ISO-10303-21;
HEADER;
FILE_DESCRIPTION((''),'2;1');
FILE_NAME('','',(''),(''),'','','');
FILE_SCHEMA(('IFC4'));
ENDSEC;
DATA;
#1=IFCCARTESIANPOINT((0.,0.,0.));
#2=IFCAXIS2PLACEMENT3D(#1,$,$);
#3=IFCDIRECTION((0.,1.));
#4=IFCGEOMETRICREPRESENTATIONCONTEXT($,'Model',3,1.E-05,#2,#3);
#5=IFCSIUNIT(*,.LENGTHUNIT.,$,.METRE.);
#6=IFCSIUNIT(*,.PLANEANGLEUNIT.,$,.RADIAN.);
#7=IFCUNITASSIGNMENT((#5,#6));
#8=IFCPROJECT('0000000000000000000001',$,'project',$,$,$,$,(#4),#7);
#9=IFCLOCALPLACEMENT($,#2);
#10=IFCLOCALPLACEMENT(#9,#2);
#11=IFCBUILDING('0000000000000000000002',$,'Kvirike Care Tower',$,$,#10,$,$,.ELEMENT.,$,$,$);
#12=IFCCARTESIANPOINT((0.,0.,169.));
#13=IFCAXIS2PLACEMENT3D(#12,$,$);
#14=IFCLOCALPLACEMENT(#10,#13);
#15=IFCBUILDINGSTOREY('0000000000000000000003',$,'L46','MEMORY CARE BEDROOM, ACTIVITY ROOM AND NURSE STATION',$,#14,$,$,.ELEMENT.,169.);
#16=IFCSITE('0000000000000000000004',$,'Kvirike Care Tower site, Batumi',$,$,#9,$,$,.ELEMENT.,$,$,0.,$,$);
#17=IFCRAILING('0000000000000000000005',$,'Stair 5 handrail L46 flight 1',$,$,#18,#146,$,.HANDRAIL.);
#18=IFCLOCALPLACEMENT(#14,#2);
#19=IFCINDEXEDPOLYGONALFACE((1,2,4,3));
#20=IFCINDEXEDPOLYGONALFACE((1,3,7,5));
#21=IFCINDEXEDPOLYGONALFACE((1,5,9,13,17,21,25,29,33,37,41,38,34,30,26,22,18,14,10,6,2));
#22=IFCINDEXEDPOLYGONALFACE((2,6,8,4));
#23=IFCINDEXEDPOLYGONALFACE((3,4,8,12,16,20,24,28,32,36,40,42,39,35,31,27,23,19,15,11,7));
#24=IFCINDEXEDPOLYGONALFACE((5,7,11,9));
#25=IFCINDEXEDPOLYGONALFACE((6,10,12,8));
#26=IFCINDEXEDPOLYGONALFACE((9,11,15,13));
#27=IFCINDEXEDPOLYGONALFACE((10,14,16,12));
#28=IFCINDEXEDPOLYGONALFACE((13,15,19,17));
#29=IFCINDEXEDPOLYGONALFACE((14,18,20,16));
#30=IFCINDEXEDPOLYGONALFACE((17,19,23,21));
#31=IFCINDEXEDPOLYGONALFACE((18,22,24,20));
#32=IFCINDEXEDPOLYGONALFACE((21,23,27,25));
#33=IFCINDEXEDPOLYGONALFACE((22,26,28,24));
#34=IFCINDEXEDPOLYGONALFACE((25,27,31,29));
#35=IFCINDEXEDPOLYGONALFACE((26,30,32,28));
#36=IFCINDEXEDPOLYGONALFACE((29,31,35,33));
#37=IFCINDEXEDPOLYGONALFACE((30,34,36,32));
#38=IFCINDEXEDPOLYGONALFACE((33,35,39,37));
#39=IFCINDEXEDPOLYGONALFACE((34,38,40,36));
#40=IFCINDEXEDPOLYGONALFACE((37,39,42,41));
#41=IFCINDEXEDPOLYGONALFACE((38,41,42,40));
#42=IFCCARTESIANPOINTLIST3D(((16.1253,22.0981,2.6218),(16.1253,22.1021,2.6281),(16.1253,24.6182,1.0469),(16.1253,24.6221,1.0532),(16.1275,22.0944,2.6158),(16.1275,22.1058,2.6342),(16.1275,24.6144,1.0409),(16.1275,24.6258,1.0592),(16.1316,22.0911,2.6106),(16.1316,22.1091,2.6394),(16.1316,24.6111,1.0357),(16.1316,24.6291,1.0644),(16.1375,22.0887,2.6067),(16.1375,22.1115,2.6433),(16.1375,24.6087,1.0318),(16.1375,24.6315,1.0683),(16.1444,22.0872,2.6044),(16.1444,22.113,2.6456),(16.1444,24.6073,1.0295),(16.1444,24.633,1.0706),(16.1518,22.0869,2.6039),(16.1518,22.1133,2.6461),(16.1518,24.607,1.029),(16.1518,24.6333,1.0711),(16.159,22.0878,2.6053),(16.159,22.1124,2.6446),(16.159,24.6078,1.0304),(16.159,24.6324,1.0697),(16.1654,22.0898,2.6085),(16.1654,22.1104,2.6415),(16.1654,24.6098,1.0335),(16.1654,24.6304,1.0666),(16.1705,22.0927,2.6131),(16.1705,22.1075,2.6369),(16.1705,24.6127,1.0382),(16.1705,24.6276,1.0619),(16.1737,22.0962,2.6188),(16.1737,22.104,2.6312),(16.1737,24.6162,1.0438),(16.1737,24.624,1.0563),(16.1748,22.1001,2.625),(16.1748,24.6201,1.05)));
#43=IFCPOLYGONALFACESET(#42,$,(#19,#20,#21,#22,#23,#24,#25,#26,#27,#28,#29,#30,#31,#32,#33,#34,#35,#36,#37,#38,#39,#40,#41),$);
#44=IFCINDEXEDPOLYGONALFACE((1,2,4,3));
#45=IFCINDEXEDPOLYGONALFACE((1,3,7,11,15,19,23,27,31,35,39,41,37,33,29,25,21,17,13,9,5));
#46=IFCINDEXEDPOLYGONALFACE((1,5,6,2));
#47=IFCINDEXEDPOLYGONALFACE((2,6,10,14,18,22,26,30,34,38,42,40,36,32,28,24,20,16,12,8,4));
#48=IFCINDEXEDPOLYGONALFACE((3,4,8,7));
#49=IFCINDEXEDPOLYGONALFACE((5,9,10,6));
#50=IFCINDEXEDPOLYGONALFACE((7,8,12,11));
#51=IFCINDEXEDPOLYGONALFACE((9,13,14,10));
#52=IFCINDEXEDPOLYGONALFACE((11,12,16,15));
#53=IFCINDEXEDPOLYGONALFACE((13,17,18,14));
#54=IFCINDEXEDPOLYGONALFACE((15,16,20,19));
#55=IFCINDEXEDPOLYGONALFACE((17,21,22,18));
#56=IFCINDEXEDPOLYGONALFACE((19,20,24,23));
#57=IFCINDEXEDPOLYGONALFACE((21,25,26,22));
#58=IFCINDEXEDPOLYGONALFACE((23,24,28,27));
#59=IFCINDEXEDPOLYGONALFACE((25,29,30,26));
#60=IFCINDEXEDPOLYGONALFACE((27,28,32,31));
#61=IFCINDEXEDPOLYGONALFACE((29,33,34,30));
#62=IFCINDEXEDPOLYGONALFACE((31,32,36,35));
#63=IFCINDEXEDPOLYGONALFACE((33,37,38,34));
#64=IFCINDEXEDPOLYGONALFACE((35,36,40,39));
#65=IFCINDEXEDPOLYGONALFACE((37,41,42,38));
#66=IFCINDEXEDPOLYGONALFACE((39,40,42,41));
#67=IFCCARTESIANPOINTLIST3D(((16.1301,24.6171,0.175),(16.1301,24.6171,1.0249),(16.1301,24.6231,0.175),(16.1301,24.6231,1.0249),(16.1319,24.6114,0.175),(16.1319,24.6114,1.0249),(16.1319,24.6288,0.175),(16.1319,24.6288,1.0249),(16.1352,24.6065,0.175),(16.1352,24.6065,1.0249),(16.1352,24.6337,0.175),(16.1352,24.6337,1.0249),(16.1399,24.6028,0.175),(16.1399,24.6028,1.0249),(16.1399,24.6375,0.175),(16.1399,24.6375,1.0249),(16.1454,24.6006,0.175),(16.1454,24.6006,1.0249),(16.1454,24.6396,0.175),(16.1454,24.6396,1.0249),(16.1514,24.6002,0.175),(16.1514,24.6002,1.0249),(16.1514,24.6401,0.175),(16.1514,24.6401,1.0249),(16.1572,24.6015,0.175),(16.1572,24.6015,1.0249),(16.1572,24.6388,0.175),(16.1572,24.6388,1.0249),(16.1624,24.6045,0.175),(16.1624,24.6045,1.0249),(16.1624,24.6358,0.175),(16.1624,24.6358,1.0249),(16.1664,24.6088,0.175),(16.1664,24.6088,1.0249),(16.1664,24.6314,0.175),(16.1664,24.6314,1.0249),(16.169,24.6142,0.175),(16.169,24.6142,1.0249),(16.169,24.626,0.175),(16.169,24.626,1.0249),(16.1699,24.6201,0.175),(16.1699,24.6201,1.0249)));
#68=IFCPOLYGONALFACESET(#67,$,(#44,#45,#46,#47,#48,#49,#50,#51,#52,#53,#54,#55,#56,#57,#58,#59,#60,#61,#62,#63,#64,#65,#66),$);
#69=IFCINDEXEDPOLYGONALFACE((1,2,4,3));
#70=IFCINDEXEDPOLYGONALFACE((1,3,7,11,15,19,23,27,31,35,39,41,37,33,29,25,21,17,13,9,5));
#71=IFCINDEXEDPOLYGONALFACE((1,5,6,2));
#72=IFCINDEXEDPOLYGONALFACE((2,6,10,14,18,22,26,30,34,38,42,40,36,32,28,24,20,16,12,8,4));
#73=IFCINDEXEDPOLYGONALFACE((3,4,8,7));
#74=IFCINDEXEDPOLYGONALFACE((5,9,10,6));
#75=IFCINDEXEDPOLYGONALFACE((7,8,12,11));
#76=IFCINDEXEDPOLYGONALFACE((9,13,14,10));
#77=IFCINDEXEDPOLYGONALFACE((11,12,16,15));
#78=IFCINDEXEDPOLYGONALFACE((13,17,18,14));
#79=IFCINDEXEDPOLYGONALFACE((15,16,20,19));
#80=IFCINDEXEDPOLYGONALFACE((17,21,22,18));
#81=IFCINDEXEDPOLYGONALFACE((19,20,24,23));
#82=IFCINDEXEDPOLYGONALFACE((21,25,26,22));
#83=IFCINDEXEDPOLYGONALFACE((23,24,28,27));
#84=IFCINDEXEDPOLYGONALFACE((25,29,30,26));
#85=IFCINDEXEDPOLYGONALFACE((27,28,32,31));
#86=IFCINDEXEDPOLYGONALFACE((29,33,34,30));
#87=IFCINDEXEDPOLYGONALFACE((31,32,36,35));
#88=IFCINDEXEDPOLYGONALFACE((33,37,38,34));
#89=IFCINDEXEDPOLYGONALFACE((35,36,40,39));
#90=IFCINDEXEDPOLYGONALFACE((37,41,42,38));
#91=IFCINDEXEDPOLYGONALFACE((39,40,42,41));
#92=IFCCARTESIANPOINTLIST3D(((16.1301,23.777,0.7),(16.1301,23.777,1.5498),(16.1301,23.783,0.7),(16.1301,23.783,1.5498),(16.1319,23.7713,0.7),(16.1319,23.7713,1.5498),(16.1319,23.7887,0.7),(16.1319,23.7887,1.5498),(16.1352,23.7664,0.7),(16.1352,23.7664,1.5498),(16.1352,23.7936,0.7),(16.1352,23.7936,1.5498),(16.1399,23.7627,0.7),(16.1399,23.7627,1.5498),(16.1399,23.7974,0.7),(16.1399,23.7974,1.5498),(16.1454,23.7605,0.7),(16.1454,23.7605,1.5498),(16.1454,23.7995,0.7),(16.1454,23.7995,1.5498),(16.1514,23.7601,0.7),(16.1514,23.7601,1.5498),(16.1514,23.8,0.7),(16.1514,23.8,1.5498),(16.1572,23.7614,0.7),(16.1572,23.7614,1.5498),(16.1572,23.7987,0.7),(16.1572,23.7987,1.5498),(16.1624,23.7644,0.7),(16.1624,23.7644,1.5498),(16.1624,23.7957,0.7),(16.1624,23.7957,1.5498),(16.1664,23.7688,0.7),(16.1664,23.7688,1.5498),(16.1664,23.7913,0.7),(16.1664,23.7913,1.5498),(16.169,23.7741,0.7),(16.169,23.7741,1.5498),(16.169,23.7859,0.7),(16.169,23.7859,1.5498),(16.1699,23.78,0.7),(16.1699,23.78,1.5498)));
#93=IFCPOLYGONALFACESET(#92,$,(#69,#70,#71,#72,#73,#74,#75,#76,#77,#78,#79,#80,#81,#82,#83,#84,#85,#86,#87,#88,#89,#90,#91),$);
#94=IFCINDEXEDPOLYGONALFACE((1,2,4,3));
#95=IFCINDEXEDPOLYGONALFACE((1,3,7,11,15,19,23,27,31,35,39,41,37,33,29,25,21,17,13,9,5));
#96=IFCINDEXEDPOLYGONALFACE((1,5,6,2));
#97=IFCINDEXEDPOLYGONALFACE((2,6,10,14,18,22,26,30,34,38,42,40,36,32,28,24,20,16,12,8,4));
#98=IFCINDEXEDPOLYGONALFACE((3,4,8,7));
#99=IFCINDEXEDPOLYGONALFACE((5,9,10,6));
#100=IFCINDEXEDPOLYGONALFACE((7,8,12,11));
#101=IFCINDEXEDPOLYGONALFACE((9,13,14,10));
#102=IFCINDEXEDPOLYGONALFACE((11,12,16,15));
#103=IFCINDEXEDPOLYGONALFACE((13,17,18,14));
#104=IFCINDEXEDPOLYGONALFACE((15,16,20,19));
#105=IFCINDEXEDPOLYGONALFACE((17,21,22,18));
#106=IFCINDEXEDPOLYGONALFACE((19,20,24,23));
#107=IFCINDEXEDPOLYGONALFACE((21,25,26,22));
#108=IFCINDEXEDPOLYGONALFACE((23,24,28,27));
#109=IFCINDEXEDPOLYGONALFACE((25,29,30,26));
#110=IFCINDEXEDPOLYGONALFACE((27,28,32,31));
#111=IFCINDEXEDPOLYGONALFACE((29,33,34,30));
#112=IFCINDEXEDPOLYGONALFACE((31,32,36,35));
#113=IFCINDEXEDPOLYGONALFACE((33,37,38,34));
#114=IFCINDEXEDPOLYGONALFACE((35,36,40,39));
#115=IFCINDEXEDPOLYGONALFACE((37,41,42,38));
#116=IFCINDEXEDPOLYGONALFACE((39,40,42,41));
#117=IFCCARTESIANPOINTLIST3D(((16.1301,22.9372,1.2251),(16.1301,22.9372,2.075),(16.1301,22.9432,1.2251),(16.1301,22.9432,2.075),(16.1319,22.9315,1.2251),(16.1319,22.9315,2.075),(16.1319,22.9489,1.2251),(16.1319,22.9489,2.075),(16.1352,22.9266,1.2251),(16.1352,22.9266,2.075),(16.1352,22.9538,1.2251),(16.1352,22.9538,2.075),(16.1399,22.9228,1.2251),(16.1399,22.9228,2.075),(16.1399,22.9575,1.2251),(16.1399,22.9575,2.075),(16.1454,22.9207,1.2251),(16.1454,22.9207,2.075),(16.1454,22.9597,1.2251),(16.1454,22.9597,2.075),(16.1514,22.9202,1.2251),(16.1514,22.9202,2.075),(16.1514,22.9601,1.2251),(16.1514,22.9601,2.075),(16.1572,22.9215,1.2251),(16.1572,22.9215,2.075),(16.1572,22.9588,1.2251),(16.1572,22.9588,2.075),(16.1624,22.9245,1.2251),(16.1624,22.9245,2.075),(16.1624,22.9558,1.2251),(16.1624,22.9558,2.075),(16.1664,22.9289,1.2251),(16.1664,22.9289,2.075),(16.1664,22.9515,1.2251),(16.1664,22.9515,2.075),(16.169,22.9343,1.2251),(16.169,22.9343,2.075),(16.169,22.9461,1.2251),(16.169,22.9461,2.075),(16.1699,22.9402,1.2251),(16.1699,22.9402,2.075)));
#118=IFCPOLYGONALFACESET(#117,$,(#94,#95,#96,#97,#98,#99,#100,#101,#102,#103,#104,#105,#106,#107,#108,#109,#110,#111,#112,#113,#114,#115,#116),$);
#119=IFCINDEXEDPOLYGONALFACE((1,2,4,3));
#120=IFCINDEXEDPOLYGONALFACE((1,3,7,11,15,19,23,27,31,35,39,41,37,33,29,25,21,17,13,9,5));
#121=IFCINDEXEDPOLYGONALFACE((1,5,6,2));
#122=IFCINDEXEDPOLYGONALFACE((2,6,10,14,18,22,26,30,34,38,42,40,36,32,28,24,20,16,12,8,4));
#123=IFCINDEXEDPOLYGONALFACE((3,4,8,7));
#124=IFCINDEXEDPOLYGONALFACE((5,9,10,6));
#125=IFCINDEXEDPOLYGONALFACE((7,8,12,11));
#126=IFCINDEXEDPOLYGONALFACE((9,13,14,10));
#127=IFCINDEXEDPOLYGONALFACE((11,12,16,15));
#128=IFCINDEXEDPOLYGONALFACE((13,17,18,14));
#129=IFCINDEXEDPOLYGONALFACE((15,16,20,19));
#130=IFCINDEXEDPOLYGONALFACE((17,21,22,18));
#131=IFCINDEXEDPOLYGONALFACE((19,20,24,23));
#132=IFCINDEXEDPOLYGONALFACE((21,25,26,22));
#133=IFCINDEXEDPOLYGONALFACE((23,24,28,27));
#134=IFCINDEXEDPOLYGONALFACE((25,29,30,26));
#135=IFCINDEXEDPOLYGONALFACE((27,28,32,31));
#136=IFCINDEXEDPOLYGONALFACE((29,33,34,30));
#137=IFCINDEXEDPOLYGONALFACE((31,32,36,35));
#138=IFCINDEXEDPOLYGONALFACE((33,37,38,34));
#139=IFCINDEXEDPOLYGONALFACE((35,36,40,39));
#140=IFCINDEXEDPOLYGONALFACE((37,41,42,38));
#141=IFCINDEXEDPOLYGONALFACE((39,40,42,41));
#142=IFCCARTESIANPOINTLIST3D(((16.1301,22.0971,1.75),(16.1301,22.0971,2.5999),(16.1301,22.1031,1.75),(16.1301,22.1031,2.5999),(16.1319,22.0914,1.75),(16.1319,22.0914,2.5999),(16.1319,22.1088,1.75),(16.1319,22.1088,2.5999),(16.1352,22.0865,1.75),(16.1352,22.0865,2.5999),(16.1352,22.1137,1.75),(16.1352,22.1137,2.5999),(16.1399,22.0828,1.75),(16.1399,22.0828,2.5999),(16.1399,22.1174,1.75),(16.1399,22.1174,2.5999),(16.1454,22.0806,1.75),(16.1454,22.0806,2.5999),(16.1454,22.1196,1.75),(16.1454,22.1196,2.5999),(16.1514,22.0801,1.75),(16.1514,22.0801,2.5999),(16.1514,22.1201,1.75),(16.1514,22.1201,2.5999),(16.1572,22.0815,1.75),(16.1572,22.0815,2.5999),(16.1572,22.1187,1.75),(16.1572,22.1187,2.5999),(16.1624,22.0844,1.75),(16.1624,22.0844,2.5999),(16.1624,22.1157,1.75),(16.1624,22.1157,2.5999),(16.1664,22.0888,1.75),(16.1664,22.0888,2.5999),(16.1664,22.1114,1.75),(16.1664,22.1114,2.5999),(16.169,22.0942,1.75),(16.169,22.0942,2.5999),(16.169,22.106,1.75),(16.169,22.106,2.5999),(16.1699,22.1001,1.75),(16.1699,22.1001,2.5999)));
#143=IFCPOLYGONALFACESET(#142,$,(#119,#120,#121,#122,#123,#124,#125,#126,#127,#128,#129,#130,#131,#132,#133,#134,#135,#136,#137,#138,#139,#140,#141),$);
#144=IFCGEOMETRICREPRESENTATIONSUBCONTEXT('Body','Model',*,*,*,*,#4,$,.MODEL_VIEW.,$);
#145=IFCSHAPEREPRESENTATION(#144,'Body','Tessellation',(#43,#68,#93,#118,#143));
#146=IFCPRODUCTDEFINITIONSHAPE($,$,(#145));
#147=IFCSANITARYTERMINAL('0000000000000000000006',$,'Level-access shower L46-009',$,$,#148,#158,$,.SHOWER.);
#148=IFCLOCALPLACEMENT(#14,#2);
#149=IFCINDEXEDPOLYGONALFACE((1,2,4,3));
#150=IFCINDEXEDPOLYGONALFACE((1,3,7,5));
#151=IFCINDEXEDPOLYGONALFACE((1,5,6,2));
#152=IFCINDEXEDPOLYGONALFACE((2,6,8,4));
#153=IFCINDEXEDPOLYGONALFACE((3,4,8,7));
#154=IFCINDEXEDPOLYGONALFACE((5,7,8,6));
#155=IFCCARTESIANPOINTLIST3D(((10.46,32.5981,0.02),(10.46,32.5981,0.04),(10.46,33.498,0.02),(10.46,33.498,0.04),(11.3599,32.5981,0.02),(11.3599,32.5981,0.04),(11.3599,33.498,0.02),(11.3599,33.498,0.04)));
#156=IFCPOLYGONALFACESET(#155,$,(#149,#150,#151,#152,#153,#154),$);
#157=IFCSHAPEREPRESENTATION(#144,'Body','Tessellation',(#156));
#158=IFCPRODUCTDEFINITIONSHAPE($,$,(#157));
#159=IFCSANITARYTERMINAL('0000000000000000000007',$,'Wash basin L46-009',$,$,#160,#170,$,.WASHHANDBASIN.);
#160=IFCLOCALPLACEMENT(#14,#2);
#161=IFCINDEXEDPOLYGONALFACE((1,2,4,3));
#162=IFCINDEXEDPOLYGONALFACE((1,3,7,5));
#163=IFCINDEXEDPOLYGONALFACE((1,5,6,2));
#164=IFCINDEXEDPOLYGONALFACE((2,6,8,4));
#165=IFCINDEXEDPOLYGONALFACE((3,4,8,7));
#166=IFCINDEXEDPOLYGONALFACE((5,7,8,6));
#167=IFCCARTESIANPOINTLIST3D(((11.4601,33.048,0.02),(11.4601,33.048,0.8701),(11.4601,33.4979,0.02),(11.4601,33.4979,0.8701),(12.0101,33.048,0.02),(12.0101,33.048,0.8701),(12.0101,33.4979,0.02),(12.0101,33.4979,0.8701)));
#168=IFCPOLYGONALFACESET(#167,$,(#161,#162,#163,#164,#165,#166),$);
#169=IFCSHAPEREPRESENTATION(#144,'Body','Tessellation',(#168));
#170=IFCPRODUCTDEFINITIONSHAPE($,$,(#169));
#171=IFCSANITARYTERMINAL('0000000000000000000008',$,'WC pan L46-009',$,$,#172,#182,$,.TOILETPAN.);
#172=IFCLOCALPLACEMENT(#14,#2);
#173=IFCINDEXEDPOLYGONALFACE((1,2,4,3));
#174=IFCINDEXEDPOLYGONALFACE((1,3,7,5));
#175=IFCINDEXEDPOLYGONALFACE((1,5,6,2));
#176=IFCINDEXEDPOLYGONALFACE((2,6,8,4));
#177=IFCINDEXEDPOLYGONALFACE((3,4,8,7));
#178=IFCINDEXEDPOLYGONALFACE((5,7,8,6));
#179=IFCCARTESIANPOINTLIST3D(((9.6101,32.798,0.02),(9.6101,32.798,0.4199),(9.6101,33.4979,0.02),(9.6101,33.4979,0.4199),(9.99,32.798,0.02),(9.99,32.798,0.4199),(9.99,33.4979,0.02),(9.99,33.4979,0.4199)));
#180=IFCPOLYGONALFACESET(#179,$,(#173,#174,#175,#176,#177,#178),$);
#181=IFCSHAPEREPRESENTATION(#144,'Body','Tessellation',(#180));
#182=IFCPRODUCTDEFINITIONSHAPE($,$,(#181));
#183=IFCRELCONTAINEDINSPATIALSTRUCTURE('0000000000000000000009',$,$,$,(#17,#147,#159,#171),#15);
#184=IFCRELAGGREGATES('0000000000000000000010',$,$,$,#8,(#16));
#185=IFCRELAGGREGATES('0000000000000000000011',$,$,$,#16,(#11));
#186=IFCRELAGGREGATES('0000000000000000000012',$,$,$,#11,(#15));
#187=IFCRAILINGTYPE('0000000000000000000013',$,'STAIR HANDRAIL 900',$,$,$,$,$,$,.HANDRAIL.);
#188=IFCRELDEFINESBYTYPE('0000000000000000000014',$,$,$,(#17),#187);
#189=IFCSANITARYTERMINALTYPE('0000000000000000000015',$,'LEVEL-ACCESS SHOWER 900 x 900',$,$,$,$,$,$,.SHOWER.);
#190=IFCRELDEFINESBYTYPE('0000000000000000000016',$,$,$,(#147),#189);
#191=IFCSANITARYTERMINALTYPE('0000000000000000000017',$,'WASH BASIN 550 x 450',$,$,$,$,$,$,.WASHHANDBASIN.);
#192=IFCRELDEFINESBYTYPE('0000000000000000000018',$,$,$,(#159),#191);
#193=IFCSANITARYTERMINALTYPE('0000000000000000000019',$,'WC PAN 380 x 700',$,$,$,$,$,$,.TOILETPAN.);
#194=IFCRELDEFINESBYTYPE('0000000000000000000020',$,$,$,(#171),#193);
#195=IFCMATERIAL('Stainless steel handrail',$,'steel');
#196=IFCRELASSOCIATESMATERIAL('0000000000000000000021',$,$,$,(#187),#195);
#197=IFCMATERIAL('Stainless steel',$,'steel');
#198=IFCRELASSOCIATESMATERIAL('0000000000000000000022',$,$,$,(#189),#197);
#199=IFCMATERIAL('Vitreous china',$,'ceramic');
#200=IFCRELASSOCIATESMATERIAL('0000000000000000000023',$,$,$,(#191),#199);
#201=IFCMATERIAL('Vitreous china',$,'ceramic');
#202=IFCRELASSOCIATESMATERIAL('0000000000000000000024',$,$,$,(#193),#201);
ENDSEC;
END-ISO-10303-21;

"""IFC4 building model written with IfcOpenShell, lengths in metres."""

from ifc_helpers import new_model, si_unit, direction, frame, origin, origin_2d, place, context, subcontext, project, spatial, rectangle, circle, extrude, material, type_object, element, save


model = new_model("IFC4")

# Units and contexts
model_context = context("Model", 3, precision=1e-05, world=origin(), true_north=direction((0.0, 1.0)))
body_context = subcontext(model_context, "Body", "Model", "MODEL_VIEW")
ifc_project = project(units=[si_unit("LENGTHUNIT", "METRE"), si_unit("PLANEANGLEUNIT", "RADIAN")], contexts=[model_context])

# Site, building, storey
site_placement = place(None, origin())
site = spatial("IfcSite", under=ifc_project, at=site_placement, Name="Kvirike Care Tower site, Batumi", CompositionType="ELEMENT", RefElevation=0.0)
building_placement = place(site_placement, origin())
building = spatial("IfcBuilding", under=site, at=building_placement, Name="Kvirike Care Tower", CompositionType="ELEMENT")
storey_placement = place(building_placement, frame((0.0, 0.0, 169.0)))
storey = spatial("IfcBuildingStorey", under=building, at=storey_placement, Name="L46", Description="MEMORY CARE BEDROOM, ACTIVITY ROOM AND NURSE STATION", CompositionType="ELEMENT", Elevation=169.0)

# Railing
ifc_material_1 = material(Name="Stainless steel handrail", Category="steel")
railing_type = type_object("IfcRailingType", Name="STAIR HANDRAIL 900", PredefinedType="HANDRAIL", material=ifc_material_1)
railing_placement = place(storey_placement, frame((16.1499, 24.6201, 0.175)))
element("IfcRailing", 1, at=railing_placement, inside=storey, type_object=railing_type, Name="Stair 5 handrail L46 flight 1", PredefinedType="HANDRAIL", context=body_context, shape_type="SweptSolid", body=[
    extrude(circle(Radius=0.0249, at=origin_2d()), frame((0.0, 0.0, 0.875), z_axis=(0.0, -0.848008, 0.529984), x_axis=(1.0, 0.0, 0.0)), (0.0, 0.0, 1.0), 2.9717),
    extrude(circle(Radius=0.02, at=origin_2d()), origin(), (0.0, 0.0, 1.0), 0.8499),
    extrude(circle(Radius=0.02, at=origin_2d()), frame((0.0, -0.8401, 0.5249)), (0.0, 0.0, 1.0), 0.8499),
    extrude(circle(Radius=0.02, at=origin_2d()), frame((0.0, -1.6799, 1.05)), (0.0, 0.0, 1.0), 0.8499),
    extrude(circle(Radius=0.02, at=origin_2d()), frame((0.0, -2.52, 1.575)), (0.0, 0.0, 1.0), 0.8499),
])

# Sanitary terminals
ifc_material_2 = material(Name="Stainless steel", Category="steel")
sanitary_terminal_type_1 = type_object("IfcSanitaryTerminalType", Name="LEVEL-ACCESS SHOWER 900 x 900", PredefinedType="SHOWER", material=ifc_material_2)
sanitary_terminal_1_placement = place(storey_placement, frame((10.9099, 33.0481, 0.02), z_axis=(0.0, 0.0, 1.0), x_axis=(1.0, 0.0, 0.0)))
element("IfcSanitaryTerminal", 2, at=sanitary_terminal_1_placement, inside=storey, type_object=sanitary_terminal_type_1, Name="Level-access shower L46-009", PredefinedType="SHOWER", context=body_context, shape_type="SweptSolid", body=[
    extrude(rectangle(XDim=0.8999, YDim=0.8999, at=origin_2d()), origin(), (0.0, 0.0, 1.0), 0.02),
])
ifc_material_3 = material(Name="Vitreous china", Category="ceramic")
sanitary_terminal_type_2 = type_object("IfcSanitaryTerminalType", Name="WASH BASIN 550 x 450", PredefinedType="WASHHANDBASIN", material=ifc_material_3)
sanitary_terminal_2_placement = place(storey_placement, frame((11.7351, 33.2729, 0.02), z_axis=(0.0, 0.0, 1.0), x_axis=(1.0, 0.0, 0.0)))
element("IfcSanitaryTerminal", 3, at=sanitary_terminal_2_placement, inside=storey, type_object=sanitary_terminal_type_2, Name="Wash basin L46-009", PredefinedType="WASHHANDBASIN", context=body_context, shape_type="SweptSolid", body=[
    extrude(rectangle(XDim=0.55, YDim=0.45, at=origin_2d()), origin(), (0.0, 0.0, 1.0), 0.8501),
])
ifc_material_4 = material(Name="Vitreous china", Category="ceramic")
sanitary_terminal_type_3 = type_object("IfcSanitaryTerminalType", Name="WC PAN 380 x 700", PredefinedType="TOILETPAN", material=ifc_material_4)
sanitary_terminal_3_placement = place(storey_placement, frame((9.8, 33.1479, 0.02), z_axis=(0.0, 0.0, 1.0), x_axis=(1.0, 0.0, 0.0)))
element("IfcSanitaryTerminal", 4, at=sanitary_terminal_3_placement, inside=storey, type_object=sanitary_terminal_type_3, Name="WC pan L46-009", PredefinedType="TOILETPAN", context=body_context, shape_type="SweptSolid", body=[
    extrude(rectangle(XDim=0.3799, YDim=0.7, at=origin_2d()), origin(), (0.0, 0.0, 1.0), 0.3999),
])

save(model, "model.ifc")
